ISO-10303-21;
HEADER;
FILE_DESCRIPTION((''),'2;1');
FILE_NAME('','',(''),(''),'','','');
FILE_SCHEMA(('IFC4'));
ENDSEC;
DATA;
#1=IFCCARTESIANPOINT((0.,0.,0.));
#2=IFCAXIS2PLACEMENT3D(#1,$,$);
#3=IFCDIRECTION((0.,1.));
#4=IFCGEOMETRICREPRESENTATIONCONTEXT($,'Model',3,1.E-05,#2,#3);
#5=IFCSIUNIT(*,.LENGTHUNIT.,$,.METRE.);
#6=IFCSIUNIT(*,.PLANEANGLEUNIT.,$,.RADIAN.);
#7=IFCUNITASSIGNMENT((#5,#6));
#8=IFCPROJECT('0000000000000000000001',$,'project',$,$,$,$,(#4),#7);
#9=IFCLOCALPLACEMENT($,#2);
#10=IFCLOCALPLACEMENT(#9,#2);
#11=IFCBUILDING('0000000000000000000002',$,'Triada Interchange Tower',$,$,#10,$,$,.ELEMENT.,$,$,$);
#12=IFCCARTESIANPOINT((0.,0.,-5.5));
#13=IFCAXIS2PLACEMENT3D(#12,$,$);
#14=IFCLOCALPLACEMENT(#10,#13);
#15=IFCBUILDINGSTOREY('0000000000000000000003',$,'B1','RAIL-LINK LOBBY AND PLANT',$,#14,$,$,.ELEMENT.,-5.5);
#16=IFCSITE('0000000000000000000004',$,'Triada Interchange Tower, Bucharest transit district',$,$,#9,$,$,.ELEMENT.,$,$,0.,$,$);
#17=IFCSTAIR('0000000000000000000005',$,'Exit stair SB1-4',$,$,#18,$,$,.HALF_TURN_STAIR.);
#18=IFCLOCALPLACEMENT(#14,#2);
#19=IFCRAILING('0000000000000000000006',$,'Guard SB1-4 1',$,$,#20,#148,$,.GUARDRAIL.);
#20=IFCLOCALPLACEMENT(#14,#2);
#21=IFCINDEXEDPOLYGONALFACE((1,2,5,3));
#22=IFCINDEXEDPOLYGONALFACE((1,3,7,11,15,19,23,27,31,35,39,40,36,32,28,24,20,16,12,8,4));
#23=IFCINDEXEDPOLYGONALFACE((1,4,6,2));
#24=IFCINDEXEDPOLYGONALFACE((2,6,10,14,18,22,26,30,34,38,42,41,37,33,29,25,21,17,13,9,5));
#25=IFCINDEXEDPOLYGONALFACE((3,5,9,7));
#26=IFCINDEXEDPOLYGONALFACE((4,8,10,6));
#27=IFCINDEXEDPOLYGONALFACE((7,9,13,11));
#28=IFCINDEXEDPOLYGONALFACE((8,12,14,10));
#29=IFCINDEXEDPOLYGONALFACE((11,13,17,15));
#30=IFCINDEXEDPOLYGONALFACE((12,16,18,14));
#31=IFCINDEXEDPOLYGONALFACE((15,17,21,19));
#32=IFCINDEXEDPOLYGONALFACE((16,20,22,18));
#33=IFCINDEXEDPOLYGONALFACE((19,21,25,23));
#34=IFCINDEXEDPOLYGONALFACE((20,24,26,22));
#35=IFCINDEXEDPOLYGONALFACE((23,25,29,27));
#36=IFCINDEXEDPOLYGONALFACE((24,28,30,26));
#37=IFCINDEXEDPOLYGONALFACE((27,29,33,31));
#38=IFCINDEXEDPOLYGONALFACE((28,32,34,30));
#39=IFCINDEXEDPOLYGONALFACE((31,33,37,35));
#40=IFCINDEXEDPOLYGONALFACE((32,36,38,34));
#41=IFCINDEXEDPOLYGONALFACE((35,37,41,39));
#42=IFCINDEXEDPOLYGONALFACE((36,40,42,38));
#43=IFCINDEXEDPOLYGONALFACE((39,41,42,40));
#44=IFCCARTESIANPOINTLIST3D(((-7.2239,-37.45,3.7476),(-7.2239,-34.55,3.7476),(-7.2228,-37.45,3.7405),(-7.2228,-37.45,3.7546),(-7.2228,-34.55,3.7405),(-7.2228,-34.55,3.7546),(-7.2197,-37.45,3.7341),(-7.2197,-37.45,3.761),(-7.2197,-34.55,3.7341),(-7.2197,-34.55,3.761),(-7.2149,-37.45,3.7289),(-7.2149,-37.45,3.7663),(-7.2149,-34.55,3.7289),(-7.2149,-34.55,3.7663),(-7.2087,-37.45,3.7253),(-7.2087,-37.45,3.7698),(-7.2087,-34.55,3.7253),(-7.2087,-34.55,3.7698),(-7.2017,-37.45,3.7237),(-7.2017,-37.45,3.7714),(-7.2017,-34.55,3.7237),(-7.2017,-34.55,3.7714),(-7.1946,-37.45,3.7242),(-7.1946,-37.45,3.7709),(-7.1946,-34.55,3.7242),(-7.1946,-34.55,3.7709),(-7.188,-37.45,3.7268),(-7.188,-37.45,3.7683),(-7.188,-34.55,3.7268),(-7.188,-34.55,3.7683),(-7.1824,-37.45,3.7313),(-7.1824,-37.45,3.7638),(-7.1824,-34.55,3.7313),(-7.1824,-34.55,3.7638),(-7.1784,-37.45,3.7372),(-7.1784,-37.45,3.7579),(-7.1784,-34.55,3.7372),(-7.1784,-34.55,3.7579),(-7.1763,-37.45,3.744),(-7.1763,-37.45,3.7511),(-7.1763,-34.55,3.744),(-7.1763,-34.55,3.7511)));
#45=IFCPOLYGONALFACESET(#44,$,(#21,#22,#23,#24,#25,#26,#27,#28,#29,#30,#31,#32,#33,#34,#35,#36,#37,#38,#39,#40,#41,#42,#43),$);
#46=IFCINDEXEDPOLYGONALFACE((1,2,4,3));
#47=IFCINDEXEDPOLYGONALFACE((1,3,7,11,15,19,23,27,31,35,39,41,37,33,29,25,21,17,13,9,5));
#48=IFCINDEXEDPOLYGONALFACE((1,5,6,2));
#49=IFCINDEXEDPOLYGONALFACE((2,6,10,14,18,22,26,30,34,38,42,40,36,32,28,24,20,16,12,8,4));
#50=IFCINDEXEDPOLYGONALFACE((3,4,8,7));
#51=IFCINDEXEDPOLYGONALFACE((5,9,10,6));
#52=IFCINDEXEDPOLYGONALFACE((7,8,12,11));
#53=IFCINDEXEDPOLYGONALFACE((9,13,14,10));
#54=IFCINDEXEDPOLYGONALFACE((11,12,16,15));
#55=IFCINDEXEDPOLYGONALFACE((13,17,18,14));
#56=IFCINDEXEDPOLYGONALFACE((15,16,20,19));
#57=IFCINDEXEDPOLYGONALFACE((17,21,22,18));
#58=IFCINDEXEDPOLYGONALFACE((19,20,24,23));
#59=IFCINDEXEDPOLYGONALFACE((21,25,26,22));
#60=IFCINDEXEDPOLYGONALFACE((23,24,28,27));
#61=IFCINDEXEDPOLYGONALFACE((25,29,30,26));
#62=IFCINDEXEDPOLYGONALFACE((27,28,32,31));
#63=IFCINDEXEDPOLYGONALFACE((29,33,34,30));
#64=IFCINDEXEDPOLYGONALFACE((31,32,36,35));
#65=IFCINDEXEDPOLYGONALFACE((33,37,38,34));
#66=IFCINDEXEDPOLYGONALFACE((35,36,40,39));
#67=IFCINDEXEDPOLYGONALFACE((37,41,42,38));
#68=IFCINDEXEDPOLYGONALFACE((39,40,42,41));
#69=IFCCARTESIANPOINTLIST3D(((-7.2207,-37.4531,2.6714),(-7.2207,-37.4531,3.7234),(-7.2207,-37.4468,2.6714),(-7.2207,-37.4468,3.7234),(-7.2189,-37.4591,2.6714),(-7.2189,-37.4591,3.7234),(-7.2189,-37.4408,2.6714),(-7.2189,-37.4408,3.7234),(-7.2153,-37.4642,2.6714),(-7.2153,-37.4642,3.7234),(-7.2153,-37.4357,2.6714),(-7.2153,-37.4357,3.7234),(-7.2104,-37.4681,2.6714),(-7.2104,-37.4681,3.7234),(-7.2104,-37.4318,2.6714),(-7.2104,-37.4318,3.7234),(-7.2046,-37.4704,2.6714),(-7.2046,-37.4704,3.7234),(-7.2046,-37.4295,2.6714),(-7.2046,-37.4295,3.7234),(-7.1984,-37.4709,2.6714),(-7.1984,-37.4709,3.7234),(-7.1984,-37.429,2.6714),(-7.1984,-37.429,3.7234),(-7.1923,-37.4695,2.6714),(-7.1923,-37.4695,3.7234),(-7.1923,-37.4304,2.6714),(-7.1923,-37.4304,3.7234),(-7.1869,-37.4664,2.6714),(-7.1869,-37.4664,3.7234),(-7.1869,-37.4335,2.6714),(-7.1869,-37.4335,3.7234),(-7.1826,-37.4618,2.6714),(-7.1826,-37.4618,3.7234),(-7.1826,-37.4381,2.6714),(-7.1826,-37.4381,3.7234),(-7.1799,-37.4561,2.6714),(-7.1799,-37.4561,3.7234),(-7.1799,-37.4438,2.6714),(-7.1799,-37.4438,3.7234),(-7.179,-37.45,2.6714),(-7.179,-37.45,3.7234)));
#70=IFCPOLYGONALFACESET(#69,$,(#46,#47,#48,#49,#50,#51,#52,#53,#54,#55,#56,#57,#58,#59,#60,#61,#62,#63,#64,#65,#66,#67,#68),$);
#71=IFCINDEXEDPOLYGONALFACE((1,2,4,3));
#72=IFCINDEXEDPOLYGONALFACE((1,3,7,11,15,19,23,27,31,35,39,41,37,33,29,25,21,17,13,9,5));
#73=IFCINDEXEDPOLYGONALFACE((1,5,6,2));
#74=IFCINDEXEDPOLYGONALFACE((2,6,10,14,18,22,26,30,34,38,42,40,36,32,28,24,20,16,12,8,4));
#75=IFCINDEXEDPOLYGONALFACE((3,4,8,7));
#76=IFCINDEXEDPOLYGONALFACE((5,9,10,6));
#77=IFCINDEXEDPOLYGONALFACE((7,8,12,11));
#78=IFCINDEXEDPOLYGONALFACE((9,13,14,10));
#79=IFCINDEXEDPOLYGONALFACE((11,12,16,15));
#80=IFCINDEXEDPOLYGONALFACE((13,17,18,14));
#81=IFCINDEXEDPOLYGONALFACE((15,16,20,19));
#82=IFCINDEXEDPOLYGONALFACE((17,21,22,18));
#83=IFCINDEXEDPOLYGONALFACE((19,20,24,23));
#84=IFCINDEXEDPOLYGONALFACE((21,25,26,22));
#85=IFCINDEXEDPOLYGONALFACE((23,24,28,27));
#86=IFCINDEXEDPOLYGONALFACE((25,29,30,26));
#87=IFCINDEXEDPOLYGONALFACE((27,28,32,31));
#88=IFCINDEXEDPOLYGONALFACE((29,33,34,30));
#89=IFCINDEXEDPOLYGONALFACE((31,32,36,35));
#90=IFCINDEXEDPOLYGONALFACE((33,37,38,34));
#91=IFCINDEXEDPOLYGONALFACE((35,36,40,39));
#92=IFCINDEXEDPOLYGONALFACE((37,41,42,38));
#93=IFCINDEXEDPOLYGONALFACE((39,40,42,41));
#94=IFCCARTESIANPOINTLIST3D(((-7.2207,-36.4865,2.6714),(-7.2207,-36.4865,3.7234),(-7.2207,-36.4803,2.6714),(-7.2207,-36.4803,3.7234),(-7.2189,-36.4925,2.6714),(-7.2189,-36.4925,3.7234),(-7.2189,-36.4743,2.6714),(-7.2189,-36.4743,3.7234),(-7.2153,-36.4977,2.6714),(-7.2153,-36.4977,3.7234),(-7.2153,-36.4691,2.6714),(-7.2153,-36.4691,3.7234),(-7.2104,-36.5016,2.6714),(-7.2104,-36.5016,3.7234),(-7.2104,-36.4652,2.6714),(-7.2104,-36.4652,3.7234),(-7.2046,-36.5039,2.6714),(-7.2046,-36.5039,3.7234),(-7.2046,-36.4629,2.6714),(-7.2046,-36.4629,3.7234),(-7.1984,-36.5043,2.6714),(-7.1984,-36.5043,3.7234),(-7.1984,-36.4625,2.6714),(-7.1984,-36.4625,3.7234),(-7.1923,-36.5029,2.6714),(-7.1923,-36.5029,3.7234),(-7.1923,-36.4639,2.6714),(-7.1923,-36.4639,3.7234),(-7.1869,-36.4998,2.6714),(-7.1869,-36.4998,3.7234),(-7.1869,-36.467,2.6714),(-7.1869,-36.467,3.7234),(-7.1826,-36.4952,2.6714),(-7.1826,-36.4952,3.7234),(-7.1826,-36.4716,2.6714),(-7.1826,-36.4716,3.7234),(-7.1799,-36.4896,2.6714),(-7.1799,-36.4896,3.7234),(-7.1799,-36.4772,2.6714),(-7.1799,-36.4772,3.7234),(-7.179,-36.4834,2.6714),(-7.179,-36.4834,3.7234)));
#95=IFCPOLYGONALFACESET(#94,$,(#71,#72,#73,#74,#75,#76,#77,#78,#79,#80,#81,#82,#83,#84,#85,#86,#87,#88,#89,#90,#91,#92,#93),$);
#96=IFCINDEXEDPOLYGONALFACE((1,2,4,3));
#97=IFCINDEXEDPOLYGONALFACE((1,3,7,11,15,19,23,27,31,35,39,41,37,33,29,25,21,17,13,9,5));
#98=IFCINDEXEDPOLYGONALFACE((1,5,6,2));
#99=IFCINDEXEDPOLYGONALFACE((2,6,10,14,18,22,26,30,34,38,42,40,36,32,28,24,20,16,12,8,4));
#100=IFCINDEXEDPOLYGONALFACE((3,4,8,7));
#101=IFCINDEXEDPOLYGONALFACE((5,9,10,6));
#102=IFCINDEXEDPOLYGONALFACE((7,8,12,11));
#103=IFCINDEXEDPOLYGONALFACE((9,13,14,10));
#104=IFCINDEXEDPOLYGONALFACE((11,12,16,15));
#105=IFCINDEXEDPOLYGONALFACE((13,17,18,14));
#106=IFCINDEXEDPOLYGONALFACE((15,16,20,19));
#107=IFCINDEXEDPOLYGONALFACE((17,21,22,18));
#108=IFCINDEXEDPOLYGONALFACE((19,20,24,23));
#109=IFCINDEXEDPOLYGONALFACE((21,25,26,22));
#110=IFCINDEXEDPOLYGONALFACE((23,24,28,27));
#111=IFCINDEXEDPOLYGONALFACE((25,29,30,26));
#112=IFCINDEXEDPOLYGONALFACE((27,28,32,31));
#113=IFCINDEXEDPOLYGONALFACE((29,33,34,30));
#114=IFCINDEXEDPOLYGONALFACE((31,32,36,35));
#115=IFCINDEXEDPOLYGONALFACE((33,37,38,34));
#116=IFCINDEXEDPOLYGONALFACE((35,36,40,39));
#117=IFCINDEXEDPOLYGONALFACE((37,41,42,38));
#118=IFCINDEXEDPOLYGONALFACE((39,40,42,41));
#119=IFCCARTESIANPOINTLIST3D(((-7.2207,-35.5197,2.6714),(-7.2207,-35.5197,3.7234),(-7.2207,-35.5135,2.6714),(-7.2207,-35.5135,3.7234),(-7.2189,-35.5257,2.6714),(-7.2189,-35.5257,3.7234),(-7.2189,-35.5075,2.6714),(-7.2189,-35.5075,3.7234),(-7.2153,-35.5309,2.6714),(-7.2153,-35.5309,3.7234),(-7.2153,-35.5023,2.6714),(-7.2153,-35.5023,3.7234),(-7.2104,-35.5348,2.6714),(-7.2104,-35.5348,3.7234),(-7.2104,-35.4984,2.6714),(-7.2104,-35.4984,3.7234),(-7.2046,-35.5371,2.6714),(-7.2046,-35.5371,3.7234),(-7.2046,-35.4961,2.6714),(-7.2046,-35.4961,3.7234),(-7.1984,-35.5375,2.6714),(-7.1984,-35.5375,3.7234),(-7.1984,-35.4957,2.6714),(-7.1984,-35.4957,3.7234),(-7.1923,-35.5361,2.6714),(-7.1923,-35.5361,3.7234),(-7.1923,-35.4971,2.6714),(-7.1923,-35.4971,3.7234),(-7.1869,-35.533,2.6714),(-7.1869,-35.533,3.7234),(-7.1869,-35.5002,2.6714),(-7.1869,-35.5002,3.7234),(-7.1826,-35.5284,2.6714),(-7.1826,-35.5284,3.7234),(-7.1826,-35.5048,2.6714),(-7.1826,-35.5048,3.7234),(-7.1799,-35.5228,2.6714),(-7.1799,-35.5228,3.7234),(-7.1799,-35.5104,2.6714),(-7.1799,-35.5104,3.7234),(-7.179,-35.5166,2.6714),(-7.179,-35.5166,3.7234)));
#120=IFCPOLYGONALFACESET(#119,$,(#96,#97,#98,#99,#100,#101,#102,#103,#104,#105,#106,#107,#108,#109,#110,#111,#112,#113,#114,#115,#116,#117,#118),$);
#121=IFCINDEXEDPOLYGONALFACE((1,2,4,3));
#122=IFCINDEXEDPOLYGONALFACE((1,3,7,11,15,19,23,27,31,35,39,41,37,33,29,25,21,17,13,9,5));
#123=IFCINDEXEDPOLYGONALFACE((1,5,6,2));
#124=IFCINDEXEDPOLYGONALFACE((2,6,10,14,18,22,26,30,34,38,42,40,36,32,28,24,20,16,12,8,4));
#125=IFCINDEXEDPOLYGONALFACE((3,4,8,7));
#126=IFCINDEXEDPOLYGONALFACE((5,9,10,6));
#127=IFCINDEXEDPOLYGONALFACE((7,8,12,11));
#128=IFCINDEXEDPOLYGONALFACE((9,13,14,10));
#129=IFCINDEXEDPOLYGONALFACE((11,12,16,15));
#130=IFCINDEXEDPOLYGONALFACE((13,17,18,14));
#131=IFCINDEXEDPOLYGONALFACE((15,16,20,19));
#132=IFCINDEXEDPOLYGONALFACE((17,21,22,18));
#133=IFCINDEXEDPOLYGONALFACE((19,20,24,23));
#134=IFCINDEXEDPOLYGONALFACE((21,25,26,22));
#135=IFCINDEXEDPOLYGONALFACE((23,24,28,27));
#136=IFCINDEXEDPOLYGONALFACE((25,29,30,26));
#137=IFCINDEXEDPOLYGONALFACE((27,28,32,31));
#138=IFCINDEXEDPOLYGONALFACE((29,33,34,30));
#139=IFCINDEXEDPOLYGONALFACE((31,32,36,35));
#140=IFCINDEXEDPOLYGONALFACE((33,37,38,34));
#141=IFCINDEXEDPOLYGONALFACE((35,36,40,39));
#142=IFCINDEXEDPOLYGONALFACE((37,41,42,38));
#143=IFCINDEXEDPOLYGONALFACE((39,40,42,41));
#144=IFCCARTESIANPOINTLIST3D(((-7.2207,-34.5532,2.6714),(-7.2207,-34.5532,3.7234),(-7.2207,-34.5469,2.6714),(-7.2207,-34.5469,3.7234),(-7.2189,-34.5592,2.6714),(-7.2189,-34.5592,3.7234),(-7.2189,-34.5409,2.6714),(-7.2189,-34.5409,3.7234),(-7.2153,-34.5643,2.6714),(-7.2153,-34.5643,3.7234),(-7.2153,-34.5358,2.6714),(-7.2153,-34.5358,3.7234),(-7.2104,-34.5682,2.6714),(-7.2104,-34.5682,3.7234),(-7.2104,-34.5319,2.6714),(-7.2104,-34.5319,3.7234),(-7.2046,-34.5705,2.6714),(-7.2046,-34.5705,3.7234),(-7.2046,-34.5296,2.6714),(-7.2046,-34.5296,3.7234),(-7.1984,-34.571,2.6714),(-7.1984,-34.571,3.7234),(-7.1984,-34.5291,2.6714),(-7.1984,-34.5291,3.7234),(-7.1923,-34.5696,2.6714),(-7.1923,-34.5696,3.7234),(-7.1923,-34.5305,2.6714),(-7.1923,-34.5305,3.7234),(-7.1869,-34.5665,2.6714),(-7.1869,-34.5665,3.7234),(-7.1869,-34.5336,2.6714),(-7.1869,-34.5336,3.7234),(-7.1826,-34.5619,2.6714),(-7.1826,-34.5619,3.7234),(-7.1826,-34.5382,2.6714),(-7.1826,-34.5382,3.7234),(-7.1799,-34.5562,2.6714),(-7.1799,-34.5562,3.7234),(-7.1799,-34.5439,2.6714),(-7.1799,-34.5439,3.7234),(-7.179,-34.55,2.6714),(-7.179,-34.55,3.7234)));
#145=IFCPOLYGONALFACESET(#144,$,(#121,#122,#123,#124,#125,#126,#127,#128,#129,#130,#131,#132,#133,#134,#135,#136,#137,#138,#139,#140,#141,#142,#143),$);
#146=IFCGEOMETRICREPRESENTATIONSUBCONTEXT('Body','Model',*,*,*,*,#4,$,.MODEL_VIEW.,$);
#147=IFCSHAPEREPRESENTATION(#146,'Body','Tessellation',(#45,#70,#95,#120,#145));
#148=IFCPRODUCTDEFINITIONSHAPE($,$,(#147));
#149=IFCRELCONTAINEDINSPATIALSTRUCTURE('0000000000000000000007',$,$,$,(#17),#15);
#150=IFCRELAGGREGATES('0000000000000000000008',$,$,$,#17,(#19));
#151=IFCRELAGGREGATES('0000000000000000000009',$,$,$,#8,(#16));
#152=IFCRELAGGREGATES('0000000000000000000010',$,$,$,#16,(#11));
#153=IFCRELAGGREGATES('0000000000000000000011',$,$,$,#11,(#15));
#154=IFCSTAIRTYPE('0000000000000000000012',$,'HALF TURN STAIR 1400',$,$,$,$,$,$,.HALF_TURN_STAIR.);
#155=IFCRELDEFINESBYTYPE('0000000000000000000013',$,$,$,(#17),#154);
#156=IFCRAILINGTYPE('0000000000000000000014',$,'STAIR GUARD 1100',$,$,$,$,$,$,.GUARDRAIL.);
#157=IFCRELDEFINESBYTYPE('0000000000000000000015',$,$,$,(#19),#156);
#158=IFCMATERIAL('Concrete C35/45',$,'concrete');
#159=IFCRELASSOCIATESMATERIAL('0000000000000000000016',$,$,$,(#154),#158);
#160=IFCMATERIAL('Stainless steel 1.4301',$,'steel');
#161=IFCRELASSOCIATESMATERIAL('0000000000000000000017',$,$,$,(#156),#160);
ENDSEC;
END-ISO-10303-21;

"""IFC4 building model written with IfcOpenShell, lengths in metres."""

from ifc_helpers import new_model, si_unit, direction, frame, origin, origin_2d, place, context, subcontext, project, spatial, circle, extrude, material, type_object, element, aggregate, save


model = new_model("IFC4")

# Units and contexts
model_context = context("Model", 3, precision=1e-05, world=origin(), true_north=direction((0.0, 1.0)))
body_context = subcontext(model_context, "Body", "Model", "MODEL_VIEW")
ifc_project = project(units=[si_unit("LENGTHUNIT", "METRE"), si_unit("PLANEANGLEUNIT", "RADIAN")], contexts=[model_context])

# Site, building, storey
site_placement = place(None, origin())
site = spatial("IfcSite", under=ifc_project, at=site_placement, Name="Triada Interchange Tower, Bucharest transit district", CompositionType="ELEMENT", RefElevation=0.0)
building_placement = place(site_placement, origin())
building = spatial("IfcBuilding", under=site, at=building_placement, Name="Triada Interchange Tower", CompositionType="ELEMENT")
storey_placement = place(building_placement, frame((0.0, 0.0, -5.5)))
storey = spatial("IfcBuildingStorey", under=building, at=storey_placement, Name="B1", Description="RAIL-LINK LOBBY AND PLANT", CompositionType="ELEMENT", Elevation=-5.5)

# Shared definitions
ifc_material_1 = material(Name="Concrete C35/45", Category="concrete")

# Stair, railing
stair_type = type_object("IfcStairType", Name="HALF TURN STAIR 1400", PredefinedType="HALF_TURN_STAIR", material=ifc_material_1)
stair_1_placement = place(storey_placement, origin())
stair_1 = element("IfcStair", 1, at=stair_1_placement, inside=storey, type_object=stair_type, Name="Exit stair SB1-4", PredefinedType="HALF_TURN_STAIR")
ifc_material_2 = material(Name="Stainless steel 1.4301", Category="steel")
railing_type_1 = type_object("IfcRailingType", Name="STAIR GUARD 1100", PredefinedType="GUARDRAIL", material=ifc_material_2)
railing_1_placement = place(storey_placement, frame((-7.2, -37.45, 2.6714)))
railing_1 = element("IfcRailing", 2, at=railing_1_placement, type_object=railing_type_1, Name="Guard SB1-4 1", PredefinedType="GUARDRAIL", context=body_context, shape_type="SweptSolid", body=[
    extrude(circle(Radius=0.0239, at=origin_2d()), frame((0.0, 0.0, 1.0762), z_axis=(0.0, 1.0, 0.0), x_axis=(-1.0, 0.0, 0.0)), (0.0, 0.0, 1.0), 2.8999),
    extrude(circle(Radius=0.021, at=origin_2d()), origin(), (0.0, 0.0, 1.0), 1.052),
    extrude(circle(Radius=0.021, at=origin_2d()), frame((0.0, 0.9666, 0.0)), (0.0, 0.0, 1.0), 1.052),
    extrude(circle(Radius=0.021, at=origin_2d()), frame((0.0, 1.9333, 0.0)), (0.0, 0.0, 1.0), 1.052),
    extrude(circle(Radius=0.021, at=origin_2d()), frame((0.0, 2.8999, 0.0)), (0.0, 0.0, 1.0), 1.052),
])
aggregate(stair_1, [railing_1])

save(model, "model.ifc")
